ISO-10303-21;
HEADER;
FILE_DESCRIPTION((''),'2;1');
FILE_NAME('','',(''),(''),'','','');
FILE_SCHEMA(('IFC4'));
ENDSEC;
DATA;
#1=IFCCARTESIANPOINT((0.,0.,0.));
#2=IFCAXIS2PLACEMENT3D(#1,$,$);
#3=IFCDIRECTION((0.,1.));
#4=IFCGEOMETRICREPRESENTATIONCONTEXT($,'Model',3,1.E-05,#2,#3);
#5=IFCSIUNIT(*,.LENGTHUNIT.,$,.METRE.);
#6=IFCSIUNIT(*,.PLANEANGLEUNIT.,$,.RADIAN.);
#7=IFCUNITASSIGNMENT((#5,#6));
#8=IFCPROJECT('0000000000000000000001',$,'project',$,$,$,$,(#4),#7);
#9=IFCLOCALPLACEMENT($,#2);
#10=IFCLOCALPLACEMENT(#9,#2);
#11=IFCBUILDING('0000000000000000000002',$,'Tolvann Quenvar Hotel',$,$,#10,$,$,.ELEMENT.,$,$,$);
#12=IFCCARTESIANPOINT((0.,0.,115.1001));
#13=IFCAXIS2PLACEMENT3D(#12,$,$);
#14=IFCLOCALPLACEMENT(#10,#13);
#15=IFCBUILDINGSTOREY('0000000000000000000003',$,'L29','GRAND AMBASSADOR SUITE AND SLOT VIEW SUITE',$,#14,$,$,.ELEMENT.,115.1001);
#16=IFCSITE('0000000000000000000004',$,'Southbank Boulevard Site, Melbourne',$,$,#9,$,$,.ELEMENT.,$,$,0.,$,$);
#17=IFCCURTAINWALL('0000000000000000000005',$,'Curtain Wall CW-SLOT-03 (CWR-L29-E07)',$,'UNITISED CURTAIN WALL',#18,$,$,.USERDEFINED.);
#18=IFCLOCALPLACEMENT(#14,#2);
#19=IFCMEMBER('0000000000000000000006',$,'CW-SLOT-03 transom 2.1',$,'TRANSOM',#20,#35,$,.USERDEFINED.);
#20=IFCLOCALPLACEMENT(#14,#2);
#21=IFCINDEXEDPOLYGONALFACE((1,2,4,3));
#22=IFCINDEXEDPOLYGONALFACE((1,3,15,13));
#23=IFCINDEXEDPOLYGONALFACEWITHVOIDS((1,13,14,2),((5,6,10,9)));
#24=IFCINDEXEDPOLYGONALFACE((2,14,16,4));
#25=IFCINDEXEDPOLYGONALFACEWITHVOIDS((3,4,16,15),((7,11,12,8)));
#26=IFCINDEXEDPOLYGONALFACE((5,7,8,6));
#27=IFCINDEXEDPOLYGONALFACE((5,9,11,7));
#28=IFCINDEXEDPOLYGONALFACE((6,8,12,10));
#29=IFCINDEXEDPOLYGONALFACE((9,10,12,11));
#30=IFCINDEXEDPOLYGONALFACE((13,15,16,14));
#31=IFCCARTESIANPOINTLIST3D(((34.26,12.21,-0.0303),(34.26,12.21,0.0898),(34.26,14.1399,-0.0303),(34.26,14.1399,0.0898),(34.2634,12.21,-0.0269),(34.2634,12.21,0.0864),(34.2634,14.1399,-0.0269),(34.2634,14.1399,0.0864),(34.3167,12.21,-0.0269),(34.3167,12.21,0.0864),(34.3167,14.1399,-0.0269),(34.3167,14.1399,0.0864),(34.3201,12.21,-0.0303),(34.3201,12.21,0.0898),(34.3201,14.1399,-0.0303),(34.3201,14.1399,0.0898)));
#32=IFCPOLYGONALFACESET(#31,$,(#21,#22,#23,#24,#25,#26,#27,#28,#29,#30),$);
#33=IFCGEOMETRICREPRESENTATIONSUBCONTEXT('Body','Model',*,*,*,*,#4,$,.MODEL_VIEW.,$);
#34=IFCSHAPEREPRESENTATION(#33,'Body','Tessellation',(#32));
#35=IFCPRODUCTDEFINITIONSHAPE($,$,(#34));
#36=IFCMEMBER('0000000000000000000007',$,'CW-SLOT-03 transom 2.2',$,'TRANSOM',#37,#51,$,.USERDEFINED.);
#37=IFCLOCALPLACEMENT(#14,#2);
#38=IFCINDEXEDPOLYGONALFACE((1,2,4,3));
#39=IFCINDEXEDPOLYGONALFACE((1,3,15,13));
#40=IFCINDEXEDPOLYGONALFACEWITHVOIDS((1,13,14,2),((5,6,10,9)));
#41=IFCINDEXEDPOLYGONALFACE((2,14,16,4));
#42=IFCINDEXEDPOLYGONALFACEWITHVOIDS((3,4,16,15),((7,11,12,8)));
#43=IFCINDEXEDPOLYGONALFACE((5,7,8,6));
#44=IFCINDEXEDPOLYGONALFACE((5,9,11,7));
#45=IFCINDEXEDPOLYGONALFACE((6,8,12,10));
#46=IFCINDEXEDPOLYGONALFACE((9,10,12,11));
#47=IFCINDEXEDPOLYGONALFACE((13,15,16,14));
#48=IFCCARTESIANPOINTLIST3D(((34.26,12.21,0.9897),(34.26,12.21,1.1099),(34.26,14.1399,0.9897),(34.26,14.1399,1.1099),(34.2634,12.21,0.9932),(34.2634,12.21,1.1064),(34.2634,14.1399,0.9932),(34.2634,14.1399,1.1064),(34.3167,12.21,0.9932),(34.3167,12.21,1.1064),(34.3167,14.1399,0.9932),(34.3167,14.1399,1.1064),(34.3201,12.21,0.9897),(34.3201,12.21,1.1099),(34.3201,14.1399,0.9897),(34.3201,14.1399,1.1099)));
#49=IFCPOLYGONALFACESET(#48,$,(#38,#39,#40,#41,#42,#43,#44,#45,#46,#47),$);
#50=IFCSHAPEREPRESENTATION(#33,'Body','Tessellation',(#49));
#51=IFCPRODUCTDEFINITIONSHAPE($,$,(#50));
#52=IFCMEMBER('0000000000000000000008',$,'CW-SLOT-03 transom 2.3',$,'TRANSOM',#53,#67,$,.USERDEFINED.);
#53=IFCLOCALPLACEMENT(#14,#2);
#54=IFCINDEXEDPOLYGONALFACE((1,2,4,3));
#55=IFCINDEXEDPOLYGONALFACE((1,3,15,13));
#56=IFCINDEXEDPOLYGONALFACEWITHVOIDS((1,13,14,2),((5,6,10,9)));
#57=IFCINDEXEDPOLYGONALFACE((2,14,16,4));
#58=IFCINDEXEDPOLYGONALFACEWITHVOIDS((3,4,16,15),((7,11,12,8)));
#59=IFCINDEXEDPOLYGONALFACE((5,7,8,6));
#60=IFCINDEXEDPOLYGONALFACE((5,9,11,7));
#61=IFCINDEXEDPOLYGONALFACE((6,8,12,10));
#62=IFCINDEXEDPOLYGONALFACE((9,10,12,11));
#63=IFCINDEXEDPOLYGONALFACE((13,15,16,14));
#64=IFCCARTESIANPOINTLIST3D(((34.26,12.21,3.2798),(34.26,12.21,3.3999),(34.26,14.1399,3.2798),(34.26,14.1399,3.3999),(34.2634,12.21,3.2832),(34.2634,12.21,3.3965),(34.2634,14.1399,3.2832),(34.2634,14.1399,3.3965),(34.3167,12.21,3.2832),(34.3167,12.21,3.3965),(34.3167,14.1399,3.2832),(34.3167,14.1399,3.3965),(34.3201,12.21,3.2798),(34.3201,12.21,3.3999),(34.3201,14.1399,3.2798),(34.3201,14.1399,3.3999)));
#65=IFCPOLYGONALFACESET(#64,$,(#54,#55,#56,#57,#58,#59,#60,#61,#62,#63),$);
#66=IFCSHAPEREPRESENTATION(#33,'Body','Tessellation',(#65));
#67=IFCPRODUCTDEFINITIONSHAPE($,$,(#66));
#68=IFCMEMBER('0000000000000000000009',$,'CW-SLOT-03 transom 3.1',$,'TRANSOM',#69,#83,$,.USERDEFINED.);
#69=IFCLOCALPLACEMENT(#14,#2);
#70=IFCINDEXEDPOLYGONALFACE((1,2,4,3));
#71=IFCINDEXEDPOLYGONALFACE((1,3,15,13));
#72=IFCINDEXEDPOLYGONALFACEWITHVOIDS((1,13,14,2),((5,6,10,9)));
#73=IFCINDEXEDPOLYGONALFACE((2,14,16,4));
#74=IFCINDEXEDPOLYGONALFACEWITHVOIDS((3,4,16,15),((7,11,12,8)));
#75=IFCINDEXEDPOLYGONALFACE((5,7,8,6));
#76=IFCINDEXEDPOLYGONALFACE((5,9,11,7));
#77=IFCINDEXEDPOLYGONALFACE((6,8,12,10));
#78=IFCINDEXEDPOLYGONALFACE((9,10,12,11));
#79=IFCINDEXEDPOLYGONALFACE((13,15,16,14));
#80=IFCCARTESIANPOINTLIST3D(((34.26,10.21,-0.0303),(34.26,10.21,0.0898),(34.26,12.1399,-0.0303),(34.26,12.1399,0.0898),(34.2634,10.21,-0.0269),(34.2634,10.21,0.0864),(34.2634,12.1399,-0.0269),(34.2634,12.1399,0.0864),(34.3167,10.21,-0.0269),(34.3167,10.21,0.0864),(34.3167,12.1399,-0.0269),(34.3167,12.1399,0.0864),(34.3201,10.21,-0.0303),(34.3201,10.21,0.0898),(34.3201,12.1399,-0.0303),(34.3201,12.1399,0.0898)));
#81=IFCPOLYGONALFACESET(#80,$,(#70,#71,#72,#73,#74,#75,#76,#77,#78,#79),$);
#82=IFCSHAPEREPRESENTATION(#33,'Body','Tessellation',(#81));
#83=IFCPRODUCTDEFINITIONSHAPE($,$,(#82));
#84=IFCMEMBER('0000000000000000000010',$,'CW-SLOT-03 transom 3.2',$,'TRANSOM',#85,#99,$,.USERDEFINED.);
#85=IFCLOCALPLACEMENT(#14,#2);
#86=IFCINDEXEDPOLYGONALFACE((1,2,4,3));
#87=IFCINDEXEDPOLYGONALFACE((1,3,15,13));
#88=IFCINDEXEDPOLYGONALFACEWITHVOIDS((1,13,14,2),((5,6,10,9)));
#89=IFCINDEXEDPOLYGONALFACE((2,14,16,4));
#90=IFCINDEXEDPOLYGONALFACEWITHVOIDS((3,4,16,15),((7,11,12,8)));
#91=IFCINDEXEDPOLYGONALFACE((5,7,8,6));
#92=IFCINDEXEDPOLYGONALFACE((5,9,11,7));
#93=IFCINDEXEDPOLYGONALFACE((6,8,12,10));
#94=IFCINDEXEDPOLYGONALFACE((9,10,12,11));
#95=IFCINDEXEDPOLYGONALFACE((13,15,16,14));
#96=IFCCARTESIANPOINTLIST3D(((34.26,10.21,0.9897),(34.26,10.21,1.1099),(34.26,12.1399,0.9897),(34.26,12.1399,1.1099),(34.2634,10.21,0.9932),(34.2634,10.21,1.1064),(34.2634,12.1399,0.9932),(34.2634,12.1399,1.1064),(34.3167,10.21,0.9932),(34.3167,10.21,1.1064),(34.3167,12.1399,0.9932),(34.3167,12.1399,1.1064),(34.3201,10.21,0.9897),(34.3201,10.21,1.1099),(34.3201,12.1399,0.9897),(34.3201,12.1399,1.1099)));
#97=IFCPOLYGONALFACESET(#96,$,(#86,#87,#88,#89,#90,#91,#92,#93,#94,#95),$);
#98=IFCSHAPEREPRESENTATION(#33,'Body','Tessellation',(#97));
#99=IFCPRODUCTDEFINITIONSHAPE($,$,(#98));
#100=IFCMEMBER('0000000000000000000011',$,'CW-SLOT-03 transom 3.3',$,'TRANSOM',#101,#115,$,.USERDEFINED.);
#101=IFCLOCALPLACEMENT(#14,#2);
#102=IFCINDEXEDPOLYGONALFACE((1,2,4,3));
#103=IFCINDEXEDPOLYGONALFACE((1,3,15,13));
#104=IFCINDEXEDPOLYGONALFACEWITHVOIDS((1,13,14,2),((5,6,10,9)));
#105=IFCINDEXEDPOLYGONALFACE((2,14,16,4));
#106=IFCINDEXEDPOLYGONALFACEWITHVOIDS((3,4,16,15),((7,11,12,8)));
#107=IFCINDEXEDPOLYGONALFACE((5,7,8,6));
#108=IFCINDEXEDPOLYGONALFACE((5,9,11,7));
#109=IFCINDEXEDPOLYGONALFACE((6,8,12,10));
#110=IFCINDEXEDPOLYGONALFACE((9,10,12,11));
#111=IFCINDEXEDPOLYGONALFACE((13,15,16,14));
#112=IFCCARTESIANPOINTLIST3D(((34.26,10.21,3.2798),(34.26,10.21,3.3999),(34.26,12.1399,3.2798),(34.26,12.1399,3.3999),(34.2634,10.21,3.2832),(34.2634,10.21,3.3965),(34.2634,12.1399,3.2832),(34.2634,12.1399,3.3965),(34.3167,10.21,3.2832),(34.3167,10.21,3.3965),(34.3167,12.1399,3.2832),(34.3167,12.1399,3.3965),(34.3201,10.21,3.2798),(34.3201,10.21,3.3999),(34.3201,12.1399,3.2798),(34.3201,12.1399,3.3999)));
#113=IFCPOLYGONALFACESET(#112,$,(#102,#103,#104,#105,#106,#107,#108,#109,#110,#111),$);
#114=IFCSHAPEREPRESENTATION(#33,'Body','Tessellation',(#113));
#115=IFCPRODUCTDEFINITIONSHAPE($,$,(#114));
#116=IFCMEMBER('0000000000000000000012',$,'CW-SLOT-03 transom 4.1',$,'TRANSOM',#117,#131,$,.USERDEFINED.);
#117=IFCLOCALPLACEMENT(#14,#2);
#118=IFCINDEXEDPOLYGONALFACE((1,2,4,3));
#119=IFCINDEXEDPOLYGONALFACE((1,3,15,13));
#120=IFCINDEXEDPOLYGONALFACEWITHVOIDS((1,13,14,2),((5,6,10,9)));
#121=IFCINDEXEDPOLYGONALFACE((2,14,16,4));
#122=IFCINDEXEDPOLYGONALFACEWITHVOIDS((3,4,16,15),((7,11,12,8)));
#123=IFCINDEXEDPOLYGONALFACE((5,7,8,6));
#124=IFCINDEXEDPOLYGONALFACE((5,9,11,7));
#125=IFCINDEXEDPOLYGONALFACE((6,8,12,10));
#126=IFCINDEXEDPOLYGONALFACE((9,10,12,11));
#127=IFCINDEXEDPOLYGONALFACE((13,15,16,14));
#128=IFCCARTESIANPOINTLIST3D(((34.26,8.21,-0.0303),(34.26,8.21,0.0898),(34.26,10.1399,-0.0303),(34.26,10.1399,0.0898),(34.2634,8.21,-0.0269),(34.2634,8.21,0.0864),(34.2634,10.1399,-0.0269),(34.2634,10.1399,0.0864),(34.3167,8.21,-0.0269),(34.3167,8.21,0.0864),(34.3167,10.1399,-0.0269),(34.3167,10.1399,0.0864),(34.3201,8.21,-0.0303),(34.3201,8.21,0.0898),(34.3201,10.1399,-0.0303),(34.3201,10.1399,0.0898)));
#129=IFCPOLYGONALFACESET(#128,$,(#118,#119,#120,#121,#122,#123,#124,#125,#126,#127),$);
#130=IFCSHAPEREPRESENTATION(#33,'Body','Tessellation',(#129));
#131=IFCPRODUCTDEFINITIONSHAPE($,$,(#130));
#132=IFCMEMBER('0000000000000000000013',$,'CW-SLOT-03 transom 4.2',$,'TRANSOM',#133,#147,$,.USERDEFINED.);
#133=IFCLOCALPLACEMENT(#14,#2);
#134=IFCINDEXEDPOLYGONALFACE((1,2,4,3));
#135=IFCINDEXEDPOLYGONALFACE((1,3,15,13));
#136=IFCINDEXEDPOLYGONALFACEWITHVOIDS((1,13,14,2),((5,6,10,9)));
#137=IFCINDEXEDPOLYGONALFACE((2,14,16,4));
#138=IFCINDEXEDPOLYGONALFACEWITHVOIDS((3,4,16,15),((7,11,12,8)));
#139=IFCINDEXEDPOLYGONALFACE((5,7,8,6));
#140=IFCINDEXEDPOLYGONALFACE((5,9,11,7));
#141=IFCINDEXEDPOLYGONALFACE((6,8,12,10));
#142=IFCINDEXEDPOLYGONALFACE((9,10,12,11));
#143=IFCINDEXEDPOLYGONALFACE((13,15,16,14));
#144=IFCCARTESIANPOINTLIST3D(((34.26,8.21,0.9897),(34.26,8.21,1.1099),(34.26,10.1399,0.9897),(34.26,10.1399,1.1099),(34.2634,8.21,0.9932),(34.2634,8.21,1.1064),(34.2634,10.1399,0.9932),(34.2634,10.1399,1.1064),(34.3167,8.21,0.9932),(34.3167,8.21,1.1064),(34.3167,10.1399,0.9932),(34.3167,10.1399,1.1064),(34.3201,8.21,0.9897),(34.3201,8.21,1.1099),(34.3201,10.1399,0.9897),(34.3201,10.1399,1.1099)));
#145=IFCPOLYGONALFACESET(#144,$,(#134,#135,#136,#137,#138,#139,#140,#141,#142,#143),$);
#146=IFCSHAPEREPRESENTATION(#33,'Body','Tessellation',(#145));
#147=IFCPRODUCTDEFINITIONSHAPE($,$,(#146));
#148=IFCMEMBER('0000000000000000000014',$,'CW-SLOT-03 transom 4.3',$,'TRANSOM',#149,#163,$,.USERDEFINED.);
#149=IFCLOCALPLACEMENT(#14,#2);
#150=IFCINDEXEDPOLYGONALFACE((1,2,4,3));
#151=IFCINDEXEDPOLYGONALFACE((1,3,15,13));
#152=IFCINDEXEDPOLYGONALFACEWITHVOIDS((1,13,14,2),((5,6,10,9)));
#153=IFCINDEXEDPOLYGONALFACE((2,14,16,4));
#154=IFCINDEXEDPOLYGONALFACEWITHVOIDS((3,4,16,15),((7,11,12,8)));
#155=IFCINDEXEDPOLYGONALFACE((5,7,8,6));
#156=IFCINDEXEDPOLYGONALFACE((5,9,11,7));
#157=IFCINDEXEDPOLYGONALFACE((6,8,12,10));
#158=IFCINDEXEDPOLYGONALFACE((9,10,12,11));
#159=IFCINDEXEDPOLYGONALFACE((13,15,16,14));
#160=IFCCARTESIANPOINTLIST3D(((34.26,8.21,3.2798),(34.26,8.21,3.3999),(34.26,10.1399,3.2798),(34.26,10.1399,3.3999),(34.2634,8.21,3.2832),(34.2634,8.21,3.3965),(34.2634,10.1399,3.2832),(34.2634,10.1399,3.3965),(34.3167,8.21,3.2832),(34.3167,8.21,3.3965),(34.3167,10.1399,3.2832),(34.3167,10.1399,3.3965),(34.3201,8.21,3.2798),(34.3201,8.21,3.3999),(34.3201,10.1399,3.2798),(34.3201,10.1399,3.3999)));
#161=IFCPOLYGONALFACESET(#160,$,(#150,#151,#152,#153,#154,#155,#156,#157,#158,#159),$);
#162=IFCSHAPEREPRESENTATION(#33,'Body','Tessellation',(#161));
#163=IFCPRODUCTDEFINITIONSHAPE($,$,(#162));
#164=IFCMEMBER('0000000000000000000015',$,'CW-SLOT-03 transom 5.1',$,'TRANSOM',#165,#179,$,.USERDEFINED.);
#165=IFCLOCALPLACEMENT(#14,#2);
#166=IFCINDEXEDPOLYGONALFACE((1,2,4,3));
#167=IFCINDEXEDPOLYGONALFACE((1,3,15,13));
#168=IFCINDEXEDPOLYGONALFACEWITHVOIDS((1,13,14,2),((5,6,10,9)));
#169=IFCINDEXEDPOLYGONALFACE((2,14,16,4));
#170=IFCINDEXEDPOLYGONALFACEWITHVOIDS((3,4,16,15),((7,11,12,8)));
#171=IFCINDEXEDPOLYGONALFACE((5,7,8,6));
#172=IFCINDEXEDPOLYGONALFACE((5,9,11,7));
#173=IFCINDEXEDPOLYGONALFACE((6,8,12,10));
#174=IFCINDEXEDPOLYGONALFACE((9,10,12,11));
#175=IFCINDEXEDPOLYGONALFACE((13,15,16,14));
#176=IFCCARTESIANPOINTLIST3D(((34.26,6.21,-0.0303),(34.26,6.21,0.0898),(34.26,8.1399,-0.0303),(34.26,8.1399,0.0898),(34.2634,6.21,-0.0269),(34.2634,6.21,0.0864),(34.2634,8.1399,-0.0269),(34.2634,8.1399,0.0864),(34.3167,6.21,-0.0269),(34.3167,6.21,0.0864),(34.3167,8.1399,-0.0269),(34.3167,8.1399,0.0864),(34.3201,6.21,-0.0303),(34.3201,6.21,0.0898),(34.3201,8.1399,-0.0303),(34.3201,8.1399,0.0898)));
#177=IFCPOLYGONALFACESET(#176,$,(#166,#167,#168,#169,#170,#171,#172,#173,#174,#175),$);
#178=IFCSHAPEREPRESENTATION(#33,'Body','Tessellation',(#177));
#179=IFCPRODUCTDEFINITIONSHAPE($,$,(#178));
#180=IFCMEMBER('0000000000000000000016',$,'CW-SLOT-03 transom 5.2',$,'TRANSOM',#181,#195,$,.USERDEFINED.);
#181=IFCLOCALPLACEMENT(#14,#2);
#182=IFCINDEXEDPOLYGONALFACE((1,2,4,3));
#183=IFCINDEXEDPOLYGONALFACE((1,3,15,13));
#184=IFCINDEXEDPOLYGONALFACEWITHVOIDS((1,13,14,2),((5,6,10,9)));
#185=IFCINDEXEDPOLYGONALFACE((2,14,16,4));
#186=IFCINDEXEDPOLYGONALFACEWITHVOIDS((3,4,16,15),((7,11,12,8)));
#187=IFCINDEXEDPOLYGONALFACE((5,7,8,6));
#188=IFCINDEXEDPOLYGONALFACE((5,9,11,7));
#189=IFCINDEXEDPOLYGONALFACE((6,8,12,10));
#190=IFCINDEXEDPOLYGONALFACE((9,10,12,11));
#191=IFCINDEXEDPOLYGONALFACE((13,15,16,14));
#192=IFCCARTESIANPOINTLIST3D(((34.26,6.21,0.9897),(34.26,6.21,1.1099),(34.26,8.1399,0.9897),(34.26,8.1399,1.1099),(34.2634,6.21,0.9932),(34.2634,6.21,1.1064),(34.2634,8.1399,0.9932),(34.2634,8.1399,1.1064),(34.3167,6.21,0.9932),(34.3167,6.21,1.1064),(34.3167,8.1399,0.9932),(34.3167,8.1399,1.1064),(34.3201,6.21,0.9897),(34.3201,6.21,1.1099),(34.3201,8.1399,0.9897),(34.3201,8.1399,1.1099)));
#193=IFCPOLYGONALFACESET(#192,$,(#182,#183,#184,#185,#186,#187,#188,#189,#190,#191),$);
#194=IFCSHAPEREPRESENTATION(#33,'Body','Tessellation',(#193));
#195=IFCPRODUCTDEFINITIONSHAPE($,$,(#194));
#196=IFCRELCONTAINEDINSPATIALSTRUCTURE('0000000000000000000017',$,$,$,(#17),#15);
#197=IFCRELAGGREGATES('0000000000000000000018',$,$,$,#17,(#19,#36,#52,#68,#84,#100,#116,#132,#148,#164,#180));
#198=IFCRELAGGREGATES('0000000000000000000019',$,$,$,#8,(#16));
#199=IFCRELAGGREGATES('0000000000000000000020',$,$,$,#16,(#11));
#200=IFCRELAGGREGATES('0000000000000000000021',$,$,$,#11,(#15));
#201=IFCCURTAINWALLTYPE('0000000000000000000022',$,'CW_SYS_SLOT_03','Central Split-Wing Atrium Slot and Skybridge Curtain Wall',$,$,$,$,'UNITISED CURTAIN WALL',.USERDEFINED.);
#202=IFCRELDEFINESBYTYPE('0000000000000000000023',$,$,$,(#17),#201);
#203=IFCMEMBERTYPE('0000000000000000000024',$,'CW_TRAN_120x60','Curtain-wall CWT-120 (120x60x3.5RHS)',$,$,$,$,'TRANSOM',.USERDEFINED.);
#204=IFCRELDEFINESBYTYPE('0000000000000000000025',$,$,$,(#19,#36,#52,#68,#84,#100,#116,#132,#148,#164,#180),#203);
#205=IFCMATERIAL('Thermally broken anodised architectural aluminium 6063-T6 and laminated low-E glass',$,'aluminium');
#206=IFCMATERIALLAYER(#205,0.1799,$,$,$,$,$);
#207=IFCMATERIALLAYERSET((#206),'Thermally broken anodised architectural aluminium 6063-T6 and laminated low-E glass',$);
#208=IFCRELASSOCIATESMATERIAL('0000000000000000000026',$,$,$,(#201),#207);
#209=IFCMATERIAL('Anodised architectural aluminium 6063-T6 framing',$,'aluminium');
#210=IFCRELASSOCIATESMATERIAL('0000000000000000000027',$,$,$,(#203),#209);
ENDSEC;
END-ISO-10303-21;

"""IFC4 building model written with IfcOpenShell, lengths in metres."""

from ifc_helpers import new_model, si_unit, direction, frame, origin, origin_2d, place, context, subcontext, project, spatial, hollow_rectangle, extrude, source, transform, mapped, material, layer, layer_set, material_profile, profile_set, type_object, type_shapes, element, aggregate, save


model = new_model("IFC4")

# Units and contexts
model_context = context("Model", 3, precision=1e-05, world=origin(), true_north=direction((0.0, 1.0)))
body_context = subcontext(model_context, "Body", "Model", "MODEL_VIEW")
ifc_project = project(units=[si_unit("LENGTHUNIT", "METRE"), si_unit("PLANEANGLEUNIT", "RADIAN")], contexts=[model_context])

# Site, building, storey
site_placement = place(None, origin())
site = spatial("IfcSite", under=ifc_project, at=site_placement, Name="Southbank Boulevard Site, Melbourne", CompositionType="ELEMENT", RefElevation=0.0)
building_placement = place(site_placement, origin())
building = spatial("IfcBuilding", under=site, at=building_placement, Name="Tolvann Quenvar Hotel", CompositionType="ELEMENT")
storey_placement = place(building_placement, frame((0.0, 0.0, 115.1001)))
storey = spatial("IfcBuildingStorey", under=building, at=storey_placement, Name="L29", Description="GRAND AMBASSADOR SUITE AND SLOT VIEW SUITE", CompositionType="ELEMENT", Elevation=115.1001)

# Curtain wall, members
ifc_material_1 = material(Name="Thermally broken anodised architectural aluminium 6063-T6 and laminated low-E glass", Category="aluminium")
ifc_layer_1 = layer(ifc_material_1, 0.1799)
ifc_layer_set_1 = layer_set([ifc_layer_1], Name="Thermally broken anodised architectural aluminium 6063-T6 and laminated low-E glass")
curtain_wall_type = type_object("IfcCurtainWallType", Name="CW_SYS_SLOT_03", Description="Central Split-Wing Atrium Slot and Skybridge Curtain Wall", ElementType="UNITISED CURTAIN WALL", PredefinedType="USERDEFINED", material=ifc_layer_set_1)
curtain_wall_placement = place(storey_placement, origin())
curtain_wall = element("IfcCurtainWall", 1, at=curtain_wall_placement, inside=storey, type_object=curtain_wall_type, Name="Curtain Wall CW-SLOT-03 (CWR-L29-E07)", ObjectType="UNITISED CURTAIN WALL", PredefinedType="USERDEFINED")
ifc_material_2 = material(Name="Anodised architectural aluminium 6063-T6 framing", Category="aluminium")
ifc_material_profile_1 = material_profile(ifc_material_2, hollow_rectangle(XDim=0.0601, YDim=0.1201, WallThickness=0.0034, at=origin_2d()), Name="120x60x3.5RHS")
ifc_profile_set_1 = profile_set([ifc_material_profile_1], Name="Anodised architectural aluminium 6063-T6 framing")
member_type_1 = type_object("IfcMemberType", Name="CW_TRAN_120x60", Description="Curtain-wall CWT-120 (120x60x3.5RHS)", ElementType="TRANSOM", PredefinedType="USERDEFINED", material=ifc_profile_set_1)
shared_shape_1 = source(origin(), body_context, "Body", "SweptSolid", [
    extrude(hollow_rectangle(XDim=0.0601, YDim=0.1201, WallThickness=0.0034, at=origin_2d()), origin(), (0.0, 0.0, 1.0), 1.9299),
])
type_shapes(member_type_1, [shared_shape_1])
member_1_placement = place(storey_placement, frame((34.29, 14.1399, 0.0298), z_axis=(0.0, -1.0, 0.0), x_axis=(1.0, 0.0, 0.0)))
member_1 = element("IfcMember", 2, at=member_1_placement, type_object=member_type_1, Name="CW-SLOT-03 transom 2.1", ObjectType="TRANSOM", PredefinedType="USERDEFINED", context=body_context, shape_type="MappedRepresentation", body=[
    mapped(shared_shape_1, transform((0.0, 0.0, 0.0), x_axis=(1.0, 0.0, 0.0), y_axis=(0.0, 1.0, 0.0), z_axis=(0.0, 0.0, 1.0), scale=1.0)),
])
member_2_placement = place(storey_placement, frame((34.29, 14.1399, 1.0498), z_axis=(0.0, -1.0, 0.0), x_axis=(1.0, 0.0, 0.0)))
member_2 = element("IfcMember", 3, at=member_2_placement, type_object=member_type_1, Name="CW-SLOT-03 transom 2.2", ObjectType="TRANSOM", PredefinedType="USERDEFINED", context=body_context, shape_type="MappedRepresentation", body=[
    mapped(shared_shape_1, transform((0.0, 0.0, 0.0), x_axis=(1.0, 0.0, 0.0), y_axis=(0.0, 1.0, 0.0), z_axis=(0.0, 0.0, 1.0), scale=1.0)),
])
member_3_placement = place(storey_placement, frame((34.29, 14.1399, 3.3398), z_axis=(0.0, -1.0, 0.0), x_axis=(1.0, 0.0, 0.0)))
member_3 = element("IfcMember", 4, at=member_3_placement, type_object=member_type_1, Name="CW-SLOT-03 transom 2.3", ObjectType="TRANSOM", PredefinedType="USERDEFINED", context=body_context, shape_type="MappedRepresentation", body=[
    mapped(shared_shape_1, transform((0.0, 0.0, 0.0), x_axis=(1.0, 0.0, 0.0), y_axis=(0.0, 1.0, 0.0), z_axis=(0.0, 0.0, 1.0), scale=1.0)),
])
member_4_placement = place(storey_placement, frame((34.29, 12.1399, 0.0298), z_axis=(0.0, -1.0, 0.0), x_axis=(1.0, 0.0, 0.0)))
member_4 = element("IfcMember", 5, at=member_4_placement, type_object=member_type_1, Name="CW-SLOT-03 transom 3.1", ObjectType="TRANSOM", PredefinedType="USERDEFINED", context=body_context, shape_type="MappedRepresentation", body=[
    mapped(shared_shape_1, transform((0.0, 0.0, 0.0), x_axis=(1.0, 0.0, 0.0), y_axis=(0.0, 1.0, 0.0), z_axis=(0.0, 0.0, 1.0), scale=1.0)),
])
member_5_placement = place(storey_placement, frame((34.29, 12.1399, 1.0498), z_axis=(0.0, -1.0, 0.0), x_axis=(1.0, 0.0, 0.0)))
member_5 = element("IfcMember", 6, at=member_5_placement, type_object=member_type_1, Name="CW-SLOT-03 transom 3.2", ObjectType="TRANSOM", PredefinedType="USERDEFINED", context=body_context, shape_type="MappedRepresentation", body=[
    mapped(shared_shape_1, transform((0.0, 0.0, 0.0), x_axis=(1.0, 0.0, 0.0), y_axis=(0.0, 1.0, 0.0), z_axis=(0.0, 0.0, 1.0), scale=1.0)),
])
member_6_placement = place(storey_placement, frame((34.29, 12.1399, 3.3398), z_axis=(0.0, -1.0, 0.0), x_axis=(1.0, 0.0, 0.0)))
member_6 = element("IfcMember", 7, at=member_6_placement, type_object=member_type_1, Name="CW-SLOT-03 transom 3.3", ObjectType="TRANSOM", PredefinedType="USERDEFINED", context=body_context, shape_type="MappedRepresentation", body=[
    mapped(shared_shape_1, transform((0.0, 0.0, 0.0), x_axis=(1.0, 0.0, 0.0), y_axis=(0.0, 1.0, 0.0), z_axis=(0.0, 0.0, 1.0), scale=1.0)),
])
member_7_placement = place(storey_placement, frame((34.29, 10.1399, 0.0298), z_axis=(0.0, -1.0, 0.0), x_axis=(1.0, 0.0, 0.0)))
member_7 = element("IfcMember", 8, at=member_7_placement, type_object=member_type_1, Name="CW-SLOT-03 transom 4.1", ObjectType="TRANSOM", PredefinedType="USERDEFINED", context=body_context, shape_type="MappedRepresentation", body=[
    mapped(shared_shape_1, transform((0.0, 0.0, 0.0), x_axis=(1.0, 0.0, 0.0), y_axis=(0.0, 1.0, 0.0), z_axis=(0.0, 0.0, 1.0), scale=1.0)),
])
member_8_placement = place(storey_placement, frame((34.29, 10.1399, 1.0498), z_axis=(0.0, -1.0, 0.0), x_axis=(1.0, 0.0, 0.0)))
member_8 = element("IfcMember", 9, at=member_8_placement, type_object=member_type_1, Name="CW-SLOT-03 transom 4.2", ObjectType="TRANSOM", PredefinedType="USERDEFINED", context=body_context, shape_type="MappedRepresentation", body=[
    mapped(shared_shape_1, transform((0.0, 0.0, 0.0), x_axis=(1.0, 0.0, 0.0), y_axis=(0.0, 1.0, 0.0), z_axis=(0.0, 0.0, 1.0), scale=1.0)),
])
member_9_placement = place(storey_placement, frame((34.29, 10.1399, 3.3398), z_axis=(0.0, -1.0, 0.0), x_axis=(1.0, 0.0, 0.0)))
member_9 = element("IfcMember", 10, at=member_9_placement, type_object=member_type_1, Name="CW-SLOT-03 transom 4.3", ObjectType="TRANSOM", PredefinedType="USERDEFINED", context=body_context, shape_type="MappedRepresentation", body=[
    mapped(shared_shape_1, transform((0.0, 0.0, 0.0), x_axis=(1.0, 0.0, 0.0), y_axis=(0.0, 1.0, 0.0), z_axis=(0.0, 0.0, 1.0), scale=1.0)),
])
member_10_placement = place(storey_placement, frame((34.29, 8.1399, 0.0298), z_axis=(0.0, -1.0, 0.0), x_axis=(1.0, 0.0, 0.0)))
member_10 = element("IfcMember", 11, at=member_10_placement, type_object=member_type_1, Name="CW-SLOT-03 transom 5.1", ObjectType="TRANSOM", PredefinedType="USERDEFINED", context=body_context, shape_type="MappedRepresentation", body=[
    mapped(shared_shape_1, transform((0.0, 0.0, 0.0), x_axis=(1.0, 0.0, 0.0), y_axis=(0.0, 1.0, 0.0), z_axis=(0.0, 0.0, 1.0), scale=1.0)),
])
member_11_placement = place(storey_placement, frame((34.29, 8.1399, 1.0498), z_axis=(0.0, -1.0, 0.0), x_axis=(1.0, 0.0, 0.0)))
member_11 = element("IfcMember", 12, at=member_11_placement, type_object=member_type_1, Name="CW-SLOT-03 transom 5.2", ObjectType="TRANSOM", PredefinedType="USERDEFINED", context=body_context, shape_type="MappedRepresentation", body=[
    mapped(shared_shape_1, transform((0.0, 0.0, 0.0), x_axis=(1.0, 0.0, 0.0), y_axis=(0.0, 1.0, 0.0), z_axis=(0.0, 0.0, 1.0), scale=1.0)),
])
aggregate(curtain_wall, [member_1, member_2, member_3, member_4, member_5, member_6, member_7, member_8, member_9, member_10, member_11])

save(model, "model.ifc")
